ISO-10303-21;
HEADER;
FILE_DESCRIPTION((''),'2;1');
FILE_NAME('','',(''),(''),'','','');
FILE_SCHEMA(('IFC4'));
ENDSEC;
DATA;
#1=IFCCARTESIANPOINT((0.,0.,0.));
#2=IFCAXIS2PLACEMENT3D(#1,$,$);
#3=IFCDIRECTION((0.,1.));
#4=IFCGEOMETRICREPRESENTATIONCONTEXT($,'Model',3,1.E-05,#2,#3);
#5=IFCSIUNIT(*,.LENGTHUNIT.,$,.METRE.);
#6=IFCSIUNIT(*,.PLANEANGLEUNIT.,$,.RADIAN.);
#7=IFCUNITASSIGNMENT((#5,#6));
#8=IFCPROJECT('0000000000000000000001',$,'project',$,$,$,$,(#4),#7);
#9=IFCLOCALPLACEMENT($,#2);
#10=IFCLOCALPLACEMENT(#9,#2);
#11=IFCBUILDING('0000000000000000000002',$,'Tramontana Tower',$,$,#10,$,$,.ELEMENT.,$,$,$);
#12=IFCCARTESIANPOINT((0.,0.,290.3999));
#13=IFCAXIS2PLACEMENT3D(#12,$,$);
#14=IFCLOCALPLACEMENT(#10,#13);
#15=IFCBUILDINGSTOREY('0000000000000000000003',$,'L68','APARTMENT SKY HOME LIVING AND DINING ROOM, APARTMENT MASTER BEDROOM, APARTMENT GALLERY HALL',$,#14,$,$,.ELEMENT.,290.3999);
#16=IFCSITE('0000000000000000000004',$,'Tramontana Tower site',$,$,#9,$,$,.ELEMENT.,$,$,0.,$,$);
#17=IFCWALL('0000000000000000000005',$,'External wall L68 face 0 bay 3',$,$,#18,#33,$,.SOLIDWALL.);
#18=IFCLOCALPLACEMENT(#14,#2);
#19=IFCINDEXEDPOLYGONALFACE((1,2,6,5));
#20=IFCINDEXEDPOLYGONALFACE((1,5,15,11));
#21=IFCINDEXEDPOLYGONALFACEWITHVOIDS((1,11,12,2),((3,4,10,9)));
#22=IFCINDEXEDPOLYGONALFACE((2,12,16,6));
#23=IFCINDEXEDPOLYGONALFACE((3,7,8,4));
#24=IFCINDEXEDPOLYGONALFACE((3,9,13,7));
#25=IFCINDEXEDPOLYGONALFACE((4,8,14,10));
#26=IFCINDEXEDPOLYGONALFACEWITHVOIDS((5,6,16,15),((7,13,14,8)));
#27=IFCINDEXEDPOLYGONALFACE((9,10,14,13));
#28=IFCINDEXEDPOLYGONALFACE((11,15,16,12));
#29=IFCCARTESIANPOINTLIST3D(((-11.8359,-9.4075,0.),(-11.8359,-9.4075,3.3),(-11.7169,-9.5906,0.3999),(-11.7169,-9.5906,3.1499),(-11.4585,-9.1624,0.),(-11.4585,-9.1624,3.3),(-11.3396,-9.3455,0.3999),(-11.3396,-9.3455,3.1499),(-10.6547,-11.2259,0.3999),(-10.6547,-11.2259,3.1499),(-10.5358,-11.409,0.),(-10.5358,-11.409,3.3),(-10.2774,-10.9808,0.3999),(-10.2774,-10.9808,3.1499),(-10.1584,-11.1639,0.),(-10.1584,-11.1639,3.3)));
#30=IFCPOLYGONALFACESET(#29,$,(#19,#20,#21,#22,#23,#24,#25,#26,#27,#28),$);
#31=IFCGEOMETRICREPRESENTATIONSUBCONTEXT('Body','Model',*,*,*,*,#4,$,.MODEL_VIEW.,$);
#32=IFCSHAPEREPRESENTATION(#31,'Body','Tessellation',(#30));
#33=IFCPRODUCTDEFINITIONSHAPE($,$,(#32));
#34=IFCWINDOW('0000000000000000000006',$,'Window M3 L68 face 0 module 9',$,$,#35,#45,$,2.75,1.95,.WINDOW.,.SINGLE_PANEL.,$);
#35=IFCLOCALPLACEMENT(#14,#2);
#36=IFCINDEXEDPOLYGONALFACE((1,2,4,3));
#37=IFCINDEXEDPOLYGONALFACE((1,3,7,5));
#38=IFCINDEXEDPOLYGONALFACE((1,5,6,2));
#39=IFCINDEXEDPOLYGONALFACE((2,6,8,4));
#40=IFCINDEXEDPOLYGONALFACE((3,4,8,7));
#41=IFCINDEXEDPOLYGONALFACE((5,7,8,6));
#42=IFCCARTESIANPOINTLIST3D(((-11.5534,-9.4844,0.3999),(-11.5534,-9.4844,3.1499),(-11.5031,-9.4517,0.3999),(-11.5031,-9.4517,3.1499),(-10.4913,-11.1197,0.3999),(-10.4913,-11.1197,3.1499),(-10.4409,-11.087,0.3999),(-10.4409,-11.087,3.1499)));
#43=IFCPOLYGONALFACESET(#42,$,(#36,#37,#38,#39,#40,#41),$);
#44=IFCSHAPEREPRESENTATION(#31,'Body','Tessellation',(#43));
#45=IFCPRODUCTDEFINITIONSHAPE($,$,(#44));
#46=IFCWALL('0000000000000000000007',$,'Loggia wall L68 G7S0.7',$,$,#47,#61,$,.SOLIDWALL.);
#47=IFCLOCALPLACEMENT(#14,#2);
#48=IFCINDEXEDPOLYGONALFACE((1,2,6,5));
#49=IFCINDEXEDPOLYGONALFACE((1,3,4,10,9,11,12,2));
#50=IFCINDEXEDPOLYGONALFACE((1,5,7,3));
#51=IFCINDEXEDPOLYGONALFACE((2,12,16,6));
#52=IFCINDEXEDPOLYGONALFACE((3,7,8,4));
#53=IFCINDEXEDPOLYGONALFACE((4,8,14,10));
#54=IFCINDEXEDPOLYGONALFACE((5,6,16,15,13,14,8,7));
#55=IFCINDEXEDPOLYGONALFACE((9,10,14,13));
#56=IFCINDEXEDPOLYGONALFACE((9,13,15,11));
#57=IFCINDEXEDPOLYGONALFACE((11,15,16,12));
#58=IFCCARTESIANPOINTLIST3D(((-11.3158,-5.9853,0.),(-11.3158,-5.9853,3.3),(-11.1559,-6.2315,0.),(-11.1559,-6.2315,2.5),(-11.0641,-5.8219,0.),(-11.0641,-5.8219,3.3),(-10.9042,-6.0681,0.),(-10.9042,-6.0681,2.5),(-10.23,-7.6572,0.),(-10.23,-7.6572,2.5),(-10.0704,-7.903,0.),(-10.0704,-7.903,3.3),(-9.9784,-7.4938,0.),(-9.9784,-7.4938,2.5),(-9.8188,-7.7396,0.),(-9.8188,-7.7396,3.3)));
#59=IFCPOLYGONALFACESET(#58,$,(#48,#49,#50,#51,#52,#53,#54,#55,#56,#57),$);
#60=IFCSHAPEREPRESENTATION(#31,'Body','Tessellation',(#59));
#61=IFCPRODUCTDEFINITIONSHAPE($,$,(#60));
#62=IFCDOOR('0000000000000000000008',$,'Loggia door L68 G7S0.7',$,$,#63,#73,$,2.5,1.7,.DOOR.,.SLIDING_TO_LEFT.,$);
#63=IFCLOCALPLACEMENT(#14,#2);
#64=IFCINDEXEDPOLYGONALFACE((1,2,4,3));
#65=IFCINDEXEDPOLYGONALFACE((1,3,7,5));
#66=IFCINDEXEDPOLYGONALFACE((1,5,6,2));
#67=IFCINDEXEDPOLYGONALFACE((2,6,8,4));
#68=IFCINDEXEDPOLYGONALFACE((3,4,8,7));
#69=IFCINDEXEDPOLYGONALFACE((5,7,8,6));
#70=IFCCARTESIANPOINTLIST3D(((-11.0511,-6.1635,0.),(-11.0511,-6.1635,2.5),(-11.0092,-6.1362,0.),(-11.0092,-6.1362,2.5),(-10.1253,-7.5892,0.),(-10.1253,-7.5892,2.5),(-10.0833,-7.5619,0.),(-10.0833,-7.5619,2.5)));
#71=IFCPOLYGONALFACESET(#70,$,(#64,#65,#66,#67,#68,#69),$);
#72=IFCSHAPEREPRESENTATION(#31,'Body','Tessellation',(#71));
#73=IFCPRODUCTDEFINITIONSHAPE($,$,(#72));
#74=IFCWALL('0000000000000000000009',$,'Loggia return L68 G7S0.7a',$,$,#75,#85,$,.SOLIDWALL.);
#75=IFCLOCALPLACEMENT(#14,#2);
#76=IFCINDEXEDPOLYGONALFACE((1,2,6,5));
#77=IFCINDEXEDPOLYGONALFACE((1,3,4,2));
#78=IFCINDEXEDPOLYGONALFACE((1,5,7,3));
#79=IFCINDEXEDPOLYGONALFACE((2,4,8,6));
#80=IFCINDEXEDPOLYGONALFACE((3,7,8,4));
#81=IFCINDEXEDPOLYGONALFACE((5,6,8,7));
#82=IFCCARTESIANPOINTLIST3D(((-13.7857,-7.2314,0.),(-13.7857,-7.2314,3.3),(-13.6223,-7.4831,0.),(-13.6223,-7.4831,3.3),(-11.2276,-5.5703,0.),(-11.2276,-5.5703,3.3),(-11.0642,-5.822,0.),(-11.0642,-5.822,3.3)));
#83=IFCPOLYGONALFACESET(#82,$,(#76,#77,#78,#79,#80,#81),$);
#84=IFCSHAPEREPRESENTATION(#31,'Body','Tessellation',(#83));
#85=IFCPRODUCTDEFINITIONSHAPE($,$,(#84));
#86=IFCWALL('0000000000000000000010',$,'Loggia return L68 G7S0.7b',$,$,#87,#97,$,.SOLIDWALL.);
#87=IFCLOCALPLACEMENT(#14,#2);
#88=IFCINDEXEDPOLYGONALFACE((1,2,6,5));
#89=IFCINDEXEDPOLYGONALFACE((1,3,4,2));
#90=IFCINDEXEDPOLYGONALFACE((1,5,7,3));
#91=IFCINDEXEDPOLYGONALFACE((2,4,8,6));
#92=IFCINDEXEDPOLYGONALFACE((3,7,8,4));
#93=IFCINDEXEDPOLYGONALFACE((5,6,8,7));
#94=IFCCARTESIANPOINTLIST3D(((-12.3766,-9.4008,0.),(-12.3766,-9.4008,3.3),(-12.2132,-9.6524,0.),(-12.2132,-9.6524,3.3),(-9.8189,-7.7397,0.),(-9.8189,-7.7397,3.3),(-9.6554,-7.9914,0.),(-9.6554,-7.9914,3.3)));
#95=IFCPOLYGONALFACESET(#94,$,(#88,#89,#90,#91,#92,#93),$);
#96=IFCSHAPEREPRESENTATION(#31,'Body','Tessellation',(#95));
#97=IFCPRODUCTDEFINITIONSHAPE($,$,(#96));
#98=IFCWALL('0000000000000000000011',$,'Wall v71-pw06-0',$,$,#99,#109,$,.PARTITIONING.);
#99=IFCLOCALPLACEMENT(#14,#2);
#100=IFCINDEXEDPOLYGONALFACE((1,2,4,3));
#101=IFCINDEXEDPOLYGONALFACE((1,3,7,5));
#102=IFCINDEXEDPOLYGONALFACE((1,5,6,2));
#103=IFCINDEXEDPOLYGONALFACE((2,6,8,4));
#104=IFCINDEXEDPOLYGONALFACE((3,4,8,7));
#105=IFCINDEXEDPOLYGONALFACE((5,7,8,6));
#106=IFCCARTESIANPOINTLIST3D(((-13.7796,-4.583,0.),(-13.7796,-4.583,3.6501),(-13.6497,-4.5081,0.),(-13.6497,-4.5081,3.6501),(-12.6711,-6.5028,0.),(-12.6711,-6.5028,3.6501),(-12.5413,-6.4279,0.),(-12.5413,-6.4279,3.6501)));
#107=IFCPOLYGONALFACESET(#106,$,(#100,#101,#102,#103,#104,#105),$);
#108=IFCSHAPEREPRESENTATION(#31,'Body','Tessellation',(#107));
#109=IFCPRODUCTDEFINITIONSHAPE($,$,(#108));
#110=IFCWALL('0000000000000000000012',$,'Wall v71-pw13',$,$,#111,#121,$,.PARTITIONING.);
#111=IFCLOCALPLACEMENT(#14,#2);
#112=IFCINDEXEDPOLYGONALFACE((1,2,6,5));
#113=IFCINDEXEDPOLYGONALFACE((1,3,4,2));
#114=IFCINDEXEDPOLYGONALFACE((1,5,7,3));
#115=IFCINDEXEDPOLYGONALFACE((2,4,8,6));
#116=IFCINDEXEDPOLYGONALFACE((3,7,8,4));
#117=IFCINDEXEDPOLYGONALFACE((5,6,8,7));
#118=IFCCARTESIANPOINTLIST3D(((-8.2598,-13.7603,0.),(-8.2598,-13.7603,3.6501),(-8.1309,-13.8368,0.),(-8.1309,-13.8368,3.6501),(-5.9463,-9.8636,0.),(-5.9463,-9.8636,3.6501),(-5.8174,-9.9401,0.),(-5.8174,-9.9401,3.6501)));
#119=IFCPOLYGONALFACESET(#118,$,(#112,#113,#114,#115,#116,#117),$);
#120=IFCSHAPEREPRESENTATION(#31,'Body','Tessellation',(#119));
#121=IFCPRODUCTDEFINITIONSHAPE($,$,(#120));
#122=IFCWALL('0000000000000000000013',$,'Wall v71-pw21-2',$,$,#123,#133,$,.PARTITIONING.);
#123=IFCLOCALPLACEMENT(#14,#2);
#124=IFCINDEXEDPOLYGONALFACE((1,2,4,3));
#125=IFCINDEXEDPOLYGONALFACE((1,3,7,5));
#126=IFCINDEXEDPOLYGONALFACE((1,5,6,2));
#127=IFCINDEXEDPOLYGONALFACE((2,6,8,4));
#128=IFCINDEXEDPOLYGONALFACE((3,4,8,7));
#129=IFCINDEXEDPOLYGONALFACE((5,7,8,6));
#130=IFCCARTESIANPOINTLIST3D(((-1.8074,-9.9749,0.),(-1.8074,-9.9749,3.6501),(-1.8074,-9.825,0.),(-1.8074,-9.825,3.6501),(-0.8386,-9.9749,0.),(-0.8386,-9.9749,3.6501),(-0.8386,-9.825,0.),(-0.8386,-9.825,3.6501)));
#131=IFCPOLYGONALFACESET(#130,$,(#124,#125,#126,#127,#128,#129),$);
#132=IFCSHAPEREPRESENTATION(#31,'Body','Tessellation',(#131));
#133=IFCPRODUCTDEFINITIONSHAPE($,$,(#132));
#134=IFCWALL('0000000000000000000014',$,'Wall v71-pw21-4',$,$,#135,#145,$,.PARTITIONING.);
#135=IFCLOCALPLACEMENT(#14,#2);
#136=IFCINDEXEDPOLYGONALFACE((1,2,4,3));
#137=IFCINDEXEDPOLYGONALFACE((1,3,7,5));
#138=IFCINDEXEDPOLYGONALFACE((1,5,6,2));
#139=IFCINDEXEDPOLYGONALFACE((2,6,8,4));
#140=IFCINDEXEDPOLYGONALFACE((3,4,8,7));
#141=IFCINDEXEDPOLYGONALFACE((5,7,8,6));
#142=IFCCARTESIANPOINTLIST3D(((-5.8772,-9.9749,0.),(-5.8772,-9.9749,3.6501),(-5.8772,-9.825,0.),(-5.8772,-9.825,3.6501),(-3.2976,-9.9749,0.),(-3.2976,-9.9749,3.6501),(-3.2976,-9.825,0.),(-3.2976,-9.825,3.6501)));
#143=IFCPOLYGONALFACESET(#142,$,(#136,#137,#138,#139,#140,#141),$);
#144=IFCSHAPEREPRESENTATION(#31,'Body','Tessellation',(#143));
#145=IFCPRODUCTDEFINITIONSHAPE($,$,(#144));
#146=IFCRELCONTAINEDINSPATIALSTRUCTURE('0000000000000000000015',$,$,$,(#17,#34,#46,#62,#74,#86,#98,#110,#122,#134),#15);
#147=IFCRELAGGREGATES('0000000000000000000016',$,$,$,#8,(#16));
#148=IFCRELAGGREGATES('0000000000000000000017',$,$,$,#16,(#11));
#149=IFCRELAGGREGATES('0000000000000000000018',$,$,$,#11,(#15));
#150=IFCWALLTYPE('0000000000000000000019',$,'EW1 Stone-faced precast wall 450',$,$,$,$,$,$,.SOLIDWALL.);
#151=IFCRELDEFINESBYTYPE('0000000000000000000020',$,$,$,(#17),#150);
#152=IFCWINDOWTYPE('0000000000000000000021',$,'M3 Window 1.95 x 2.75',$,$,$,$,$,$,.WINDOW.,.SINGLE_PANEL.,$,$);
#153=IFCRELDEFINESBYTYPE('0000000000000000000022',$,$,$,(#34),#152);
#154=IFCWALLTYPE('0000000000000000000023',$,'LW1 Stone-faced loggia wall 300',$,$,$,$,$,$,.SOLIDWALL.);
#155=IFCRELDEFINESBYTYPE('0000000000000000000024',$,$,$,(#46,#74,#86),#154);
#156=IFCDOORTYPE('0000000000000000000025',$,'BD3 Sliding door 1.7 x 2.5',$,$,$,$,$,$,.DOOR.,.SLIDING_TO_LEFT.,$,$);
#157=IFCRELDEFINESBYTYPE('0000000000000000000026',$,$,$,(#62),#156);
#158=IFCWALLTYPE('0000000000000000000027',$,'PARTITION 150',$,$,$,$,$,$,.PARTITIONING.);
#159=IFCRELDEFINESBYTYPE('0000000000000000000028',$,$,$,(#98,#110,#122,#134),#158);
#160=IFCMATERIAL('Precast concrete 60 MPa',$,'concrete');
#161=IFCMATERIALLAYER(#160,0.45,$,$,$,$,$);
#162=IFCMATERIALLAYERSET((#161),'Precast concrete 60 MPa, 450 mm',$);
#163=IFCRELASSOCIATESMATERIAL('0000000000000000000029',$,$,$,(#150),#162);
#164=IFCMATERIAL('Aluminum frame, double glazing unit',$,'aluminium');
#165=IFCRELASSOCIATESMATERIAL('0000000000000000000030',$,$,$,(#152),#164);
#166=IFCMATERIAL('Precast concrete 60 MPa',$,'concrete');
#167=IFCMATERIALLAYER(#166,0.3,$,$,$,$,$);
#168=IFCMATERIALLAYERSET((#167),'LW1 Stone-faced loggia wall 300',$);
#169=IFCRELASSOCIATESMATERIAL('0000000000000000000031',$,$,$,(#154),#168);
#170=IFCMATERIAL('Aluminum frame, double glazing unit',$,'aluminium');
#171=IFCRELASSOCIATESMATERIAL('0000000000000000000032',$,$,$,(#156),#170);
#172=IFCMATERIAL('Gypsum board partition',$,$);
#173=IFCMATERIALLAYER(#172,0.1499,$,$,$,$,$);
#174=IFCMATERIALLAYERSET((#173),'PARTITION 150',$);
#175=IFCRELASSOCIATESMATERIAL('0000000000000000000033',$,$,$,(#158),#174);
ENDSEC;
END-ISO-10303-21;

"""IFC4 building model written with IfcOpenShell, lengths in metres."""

from ifc_helpers import new_model, si_unit, direction, frame, frame_2d, origin, place, context, subcontext, project, spatial, rectangle, extrude, material, layer, layer_set, type_object, element, fill, save


model = new_model("IFC4")

# Units and contexts
model_context = context("Model", 3, precision=1e-05, world=origin(), true_north=direction((0.0, 1.0)))
body_context = subcontext(model_context, "Body", "Model", "MODEL_VIEW")
ifc_project = project(units=[si_unit("LENGTHUNIT", "METRE"), si_unit("PLANEANGLEUNIT", "RADIAN")], contexts=[model_context])

# Site, building, storey
site_placement = place(None, origin())
site = spatial("IfcSite", under=ifc_project, at=site_placement, Name="Tramontana Tower site", CompositionType="ELEMENT", RefElevation=0.0)
building_placement = place(site_placement, origin())
building = spatial("IfcBuilding", under=site, at=building_placement, Name="Tramontana Tower", CompositionType="ELEMENT")
storey_placement = place(building_placement, frame((0.0, 0.0, 290.3999)))
storey = spatial("IfcBuildingStorey", under=building, at=storey_placement, Name="L68", Description="APARTMENT SKY HOME LIVING AND DINING ROOM, APARTMENT MASTER BEDROOM, APARTMENT GALLERY HALL", CompositionType="ELEMENT", Elevation=290.3999)

# Wall, opening, window
ifc_material_1 = material(Name="Precast concrete 60 MPa", Category="concrete")
ifc_layer_1 = layer(ifc_material_1, 0.45)
ifc_layer_set_1 = layer_set([ifc_layer_1], Name="Precast concrete 60 MPa, 450 mm")
wall_type_1 = type_object("IfcWallType", Name="EW1 Stone-faced precast wall 450", PredefinedType="SOLIDWALL", material=ifc_layer_set_1)
wall_1_placement = place(storey_placement, frame((-11.6472, -9.2849, 0.0), z_axis=(0.0, 0.0, 1.0), x_axis=(0.544722, -0.838617, 0.0)))
wall_1 = element("IfcWall", 1, at=wall_1_placement, inside=storey, type_object=wall_type_1, Name="External wall L68 face 0 bay 3", PredefinedType="SOLIDWALL", context=body_context, shape_type="SweptSolid", body=[
    extrude(rectangle(XDim=2.3867, YDim=0.45, at=frame_2d((1.1934, 0.0))), origin(), (0.0, 0.0, 1.0), 3.3),
])
opening_1_placement = place(wall_1_placement, frame((0.2183, 0.0, 0.3999)))
opening_1 = element("IfcOpeningElement", 2, at=opening_1_placement, cuts=wall_1, PredefinedType="OPENING", context=body_context, shape_type="SweptSolid", body=[
    extrude(rectangle(XDim=1.95, YDim=2.75, at=frame_2d((0.9751, 1.375))), frame((0.0, 0.2349, 0.0), z_axis=(0.0, -1.0, 0.0), x_axis=(1.0, 0.0, 0.0)), (0.0, 0.0, 1.0), 0.47),
])
ifc_material_2 = material(Name="Aluminum frame, double glazing unit", Category="aluminium")
window_type = type_object("IfcWindowType", Name="M3 Window 1.95 x 2.75", PartitioningType="SINGLE_PANEL", PredefinedType="WINDOW", material=ifc_material_2)
window_placement = place(opening_1_placement, origin())
window = element("IfcWindow", 3, at=window_placement, inside=storey, type_object=window_type, Name="Window M3 L68 face 0 module 9", OverallHeight=2.75, OverallWidth=1.95, PartitioningType="SINGLE_PANEL", PredefinedType="WINDOW", context=body_context, shape_type="SweptSolid", body=[
    extrude(rectangle(XDim=1.95, YDim=2.75, at=frame_2d((0.9751, 1.375))), frame((0.0, 0.03, 0.0), z_axis=(0.0, -1.0, 0.0), x_axis=(1.0, 0.0, 0.0)), (0.0, 0.0, 1.0), 0.0601),
])
fill(opening_1, window)

# Wall, opening, door
ifc_material_3 = material(Name="Precast concrete 60 MPa", Category="concrete")
ifc_layer_2 = layer(ifc_material_3, 0.3)
ifc_layer_set_2 = layer_set([ifc_layer_2], Name="LW1 Stone-faced loggia wall 300")
wall_type_2 = type_object("IfcWallType", Name="LW1 Stone-faced loggia wall 300", PredefinedType="SOLIDWALL", material=ifc_layer_set_2)
wall_2_placement = place(storey_placement, frame((-11.1899, -5.9036, 0.0), z_axis=(0.0, 0.0, 1.0), x_axis=(0.544632, -0.838675, 0.0)))
wall_2 = element("IfcWall", 4, at=wall_2_placement, inside=storey, type_object=wall_type_2, Name="Loggia wall L68 G7S0.7", PredefinedType="SOLIDWALL", context=body_context, shape_type="SweptSolid", body=[
    extrude(rectangle(XDim=2.2866, YDim=0.3, at=frame_2d((1.1433, 0.0))), origin(), (0.0, 0.0, 1.0), 3.3),
])
opening_2_placement = place(wall_2_placement, frame((0.2935, 0.0, 0.0)))
opening_2 = element("IfcOpeningElement", 5, at=opening_2_placement, cuts=wall_2, PredefinedType="OPENING", context=body_context, shape_type="SweptSolid", body=[
    extrude(rectangle(XDim=1.7, YDim=2.5, at=frame_2d((0.8501, 1.25))), frame((0.0, 0.1599, 0.0), z_axis=(0.0, -1.0, 0.0), x_axis=(1.0, 0.0, 0.0)), (0.0, 0.0, 1.0), 0.3201),
])
ifc_material_4 = material(Name="Aluminum frame, double glazing unit", Category="aluminium")
door_type_1 = type_object("IfcDoorType", Name="BD3 Sliding door 1.7 x 2.5", OperationType="SLIDING_TO_LEFT", PredefinedType="DOOR", material=ifc_material_4)
door_1_placement = place(opening_2_placement, origin())
door_1 = element("IfcDoor", 6, at=door_1_placement, inside=storey, type_object=door_type_1, Name="Loggia door L68 G7S0.7", OperationType="SLIDING_TO_LEFT", OverallHeight=2.5, OverallWidth=1.7, PredefinedType="DOOR", context=body_context, shape_type="SweptSolid", body=[
    extrude(rectangle(XDim=1.7, YDim=2.5, at=frame_2d((0.8501, 1.25))), frame((0.0, 0.0249, 0.0), z_axis=(0.0, -1.0, 0.0), x_axis=(1.0, 0.0, 0.0)), (0.0, 0.0, 1.0), 0.05),
])
fill(opening_2, door_1)

# Walls
wall_3_placement = place(storey_placement, frame((-13.7039, -7.3572, 0.0), z_axis=(0.0, 0.0, 1.0), x_axis=(0.838689, 0.544611, 0.0)))
element("IfcWall", 7, at=wall_3_placement, inside=storey, type_object=wall_type_2, Name="Loggia return L68 G7S0.7a", PredefinedType="SOLIDWALL", context=body_context, shape_type="SweptSolid", body=[
    extrude(rectangle(XDim=3.05, YDim=0.3, at=frame_2d((1.5249, 0.0))), origin(), (0.0, 0.0, 1.0), 3.3),
])
wall_4_placement = place(storey_placement, frame((-12.2949, -9.5266, 0.0), z_axis=(0.0, 0.0, 1.0), x_axis=(0.838665, 0.544648, 0.0)))
element("IfcWall", 8, at=wall_4_placement, inside=storey, type_object=wall_type_2, Name="Loggia return L68 G7S0.7b", PredefinedType="SOLIDWALL", context=body_context, shape_type="SweptSolid", body=[
    extrude(rectangle(XDim=3.0498, YDim=0.3, at=frame_2d((1.5249, 0.0))), origin(), (0.0, 0.0, 1.0), 3.3),
])
ifc_material_5 = material(Name="Gypsum board partition")
ifc_layer_3 = layer(ifc_material_5, 0.1499)
ifc_layer_set_3 = layer_set([ifc_layer_3], Name="PARTITION 150")
wall_type_3 = type_object("IfcWallType", Name="PARTITION 150", PredefinedType="PARTITIONING", material=ifc_layer_set_3)
wall_5_placement = place(storey_placement, frame((-12.6062, -6.4653, 0.0), z_axis=(0.0, 0.0, 1.0), x_axis=(-0.500024, 0.866011, 0.0)))
element("IfcWall", 9, at=wall_5_placement, inside=storey, type_object=wall_type_3, Name="Wall v71-pw06-0", PredefinedType="PARTITIONING", context=body_context, shape_type="SweptSolid", body=[
    extrude(rectangle(XDim=2.2168, YDim=0.1499, at=frame_2d((1.1084, 0.0))), origin(), (0.0, 0.0, 1.0), 3.6501),
])
wall_6_placement = place(storey_placement, frame((-5.8818, -9.9019, 0.0), z_axis=(0.0, 0.0, 1.0), x_axis=(-0.510505, -0.859875, 0.0)))
element("IfcWall", 10, at=wall_6_placement, inside=storey, type_object=wall_type_3, Name="Wall v71-pw13", PredefinedType="PARTITIONING", context=body_context, shape_type="SweptSolid", body=[
    extrude(rectangle(XDim=4.5317, YDim=0.1499, at=frame_2d((2.2659, 0.0))), origin(), (0.0, 0.0, 1.0), 3.6501),
])
wall_7_placement = place(storey_placement, frame((-0.8386, -9.8999, 0.0), z_axis=(0.0, 0.0, 1.0), x_axis=(-1.0, 0.0, 0.0)))
element("IfcWall", 11, at=wall_7_placement, inside=storey, type_object=wall_type_3, Name="Wall v71-pw21-2", PredefinedType="PARTITIONING", context=body_context, shape_type="SweptSolid", body=[
    extrude(rectangle(XDim=0.9688, YDim=0.1499, at=frame_2d((0.4844, 0.0))), origin(), (0.0, 0.0, 1.0), 3.6501),
])

# Wall
wall_8_placement = place(storey_placement, frame((-3.2976, -9.8999, 0.0), z_axis=(0.0, 0.0, 1.0), x_axis=(-1.0, 0.0, 0.0)))
element("IfcWall", 12, at=wall_8_placement, inside=storey, type_object=wall_type_3, Name="Wall v71-pw21-4", PredefinedType="PARTITIONING", context=body_context, shape_type="SweptSolid", body=[
    extrude(rectangle(XDim=2.5796, YDim=0.1499, at=frame_2d((1.2898, 0.0))), origin(), (0.0, 0.0, 1.0), 3.6501),
])

save(model, "model.ifc")
